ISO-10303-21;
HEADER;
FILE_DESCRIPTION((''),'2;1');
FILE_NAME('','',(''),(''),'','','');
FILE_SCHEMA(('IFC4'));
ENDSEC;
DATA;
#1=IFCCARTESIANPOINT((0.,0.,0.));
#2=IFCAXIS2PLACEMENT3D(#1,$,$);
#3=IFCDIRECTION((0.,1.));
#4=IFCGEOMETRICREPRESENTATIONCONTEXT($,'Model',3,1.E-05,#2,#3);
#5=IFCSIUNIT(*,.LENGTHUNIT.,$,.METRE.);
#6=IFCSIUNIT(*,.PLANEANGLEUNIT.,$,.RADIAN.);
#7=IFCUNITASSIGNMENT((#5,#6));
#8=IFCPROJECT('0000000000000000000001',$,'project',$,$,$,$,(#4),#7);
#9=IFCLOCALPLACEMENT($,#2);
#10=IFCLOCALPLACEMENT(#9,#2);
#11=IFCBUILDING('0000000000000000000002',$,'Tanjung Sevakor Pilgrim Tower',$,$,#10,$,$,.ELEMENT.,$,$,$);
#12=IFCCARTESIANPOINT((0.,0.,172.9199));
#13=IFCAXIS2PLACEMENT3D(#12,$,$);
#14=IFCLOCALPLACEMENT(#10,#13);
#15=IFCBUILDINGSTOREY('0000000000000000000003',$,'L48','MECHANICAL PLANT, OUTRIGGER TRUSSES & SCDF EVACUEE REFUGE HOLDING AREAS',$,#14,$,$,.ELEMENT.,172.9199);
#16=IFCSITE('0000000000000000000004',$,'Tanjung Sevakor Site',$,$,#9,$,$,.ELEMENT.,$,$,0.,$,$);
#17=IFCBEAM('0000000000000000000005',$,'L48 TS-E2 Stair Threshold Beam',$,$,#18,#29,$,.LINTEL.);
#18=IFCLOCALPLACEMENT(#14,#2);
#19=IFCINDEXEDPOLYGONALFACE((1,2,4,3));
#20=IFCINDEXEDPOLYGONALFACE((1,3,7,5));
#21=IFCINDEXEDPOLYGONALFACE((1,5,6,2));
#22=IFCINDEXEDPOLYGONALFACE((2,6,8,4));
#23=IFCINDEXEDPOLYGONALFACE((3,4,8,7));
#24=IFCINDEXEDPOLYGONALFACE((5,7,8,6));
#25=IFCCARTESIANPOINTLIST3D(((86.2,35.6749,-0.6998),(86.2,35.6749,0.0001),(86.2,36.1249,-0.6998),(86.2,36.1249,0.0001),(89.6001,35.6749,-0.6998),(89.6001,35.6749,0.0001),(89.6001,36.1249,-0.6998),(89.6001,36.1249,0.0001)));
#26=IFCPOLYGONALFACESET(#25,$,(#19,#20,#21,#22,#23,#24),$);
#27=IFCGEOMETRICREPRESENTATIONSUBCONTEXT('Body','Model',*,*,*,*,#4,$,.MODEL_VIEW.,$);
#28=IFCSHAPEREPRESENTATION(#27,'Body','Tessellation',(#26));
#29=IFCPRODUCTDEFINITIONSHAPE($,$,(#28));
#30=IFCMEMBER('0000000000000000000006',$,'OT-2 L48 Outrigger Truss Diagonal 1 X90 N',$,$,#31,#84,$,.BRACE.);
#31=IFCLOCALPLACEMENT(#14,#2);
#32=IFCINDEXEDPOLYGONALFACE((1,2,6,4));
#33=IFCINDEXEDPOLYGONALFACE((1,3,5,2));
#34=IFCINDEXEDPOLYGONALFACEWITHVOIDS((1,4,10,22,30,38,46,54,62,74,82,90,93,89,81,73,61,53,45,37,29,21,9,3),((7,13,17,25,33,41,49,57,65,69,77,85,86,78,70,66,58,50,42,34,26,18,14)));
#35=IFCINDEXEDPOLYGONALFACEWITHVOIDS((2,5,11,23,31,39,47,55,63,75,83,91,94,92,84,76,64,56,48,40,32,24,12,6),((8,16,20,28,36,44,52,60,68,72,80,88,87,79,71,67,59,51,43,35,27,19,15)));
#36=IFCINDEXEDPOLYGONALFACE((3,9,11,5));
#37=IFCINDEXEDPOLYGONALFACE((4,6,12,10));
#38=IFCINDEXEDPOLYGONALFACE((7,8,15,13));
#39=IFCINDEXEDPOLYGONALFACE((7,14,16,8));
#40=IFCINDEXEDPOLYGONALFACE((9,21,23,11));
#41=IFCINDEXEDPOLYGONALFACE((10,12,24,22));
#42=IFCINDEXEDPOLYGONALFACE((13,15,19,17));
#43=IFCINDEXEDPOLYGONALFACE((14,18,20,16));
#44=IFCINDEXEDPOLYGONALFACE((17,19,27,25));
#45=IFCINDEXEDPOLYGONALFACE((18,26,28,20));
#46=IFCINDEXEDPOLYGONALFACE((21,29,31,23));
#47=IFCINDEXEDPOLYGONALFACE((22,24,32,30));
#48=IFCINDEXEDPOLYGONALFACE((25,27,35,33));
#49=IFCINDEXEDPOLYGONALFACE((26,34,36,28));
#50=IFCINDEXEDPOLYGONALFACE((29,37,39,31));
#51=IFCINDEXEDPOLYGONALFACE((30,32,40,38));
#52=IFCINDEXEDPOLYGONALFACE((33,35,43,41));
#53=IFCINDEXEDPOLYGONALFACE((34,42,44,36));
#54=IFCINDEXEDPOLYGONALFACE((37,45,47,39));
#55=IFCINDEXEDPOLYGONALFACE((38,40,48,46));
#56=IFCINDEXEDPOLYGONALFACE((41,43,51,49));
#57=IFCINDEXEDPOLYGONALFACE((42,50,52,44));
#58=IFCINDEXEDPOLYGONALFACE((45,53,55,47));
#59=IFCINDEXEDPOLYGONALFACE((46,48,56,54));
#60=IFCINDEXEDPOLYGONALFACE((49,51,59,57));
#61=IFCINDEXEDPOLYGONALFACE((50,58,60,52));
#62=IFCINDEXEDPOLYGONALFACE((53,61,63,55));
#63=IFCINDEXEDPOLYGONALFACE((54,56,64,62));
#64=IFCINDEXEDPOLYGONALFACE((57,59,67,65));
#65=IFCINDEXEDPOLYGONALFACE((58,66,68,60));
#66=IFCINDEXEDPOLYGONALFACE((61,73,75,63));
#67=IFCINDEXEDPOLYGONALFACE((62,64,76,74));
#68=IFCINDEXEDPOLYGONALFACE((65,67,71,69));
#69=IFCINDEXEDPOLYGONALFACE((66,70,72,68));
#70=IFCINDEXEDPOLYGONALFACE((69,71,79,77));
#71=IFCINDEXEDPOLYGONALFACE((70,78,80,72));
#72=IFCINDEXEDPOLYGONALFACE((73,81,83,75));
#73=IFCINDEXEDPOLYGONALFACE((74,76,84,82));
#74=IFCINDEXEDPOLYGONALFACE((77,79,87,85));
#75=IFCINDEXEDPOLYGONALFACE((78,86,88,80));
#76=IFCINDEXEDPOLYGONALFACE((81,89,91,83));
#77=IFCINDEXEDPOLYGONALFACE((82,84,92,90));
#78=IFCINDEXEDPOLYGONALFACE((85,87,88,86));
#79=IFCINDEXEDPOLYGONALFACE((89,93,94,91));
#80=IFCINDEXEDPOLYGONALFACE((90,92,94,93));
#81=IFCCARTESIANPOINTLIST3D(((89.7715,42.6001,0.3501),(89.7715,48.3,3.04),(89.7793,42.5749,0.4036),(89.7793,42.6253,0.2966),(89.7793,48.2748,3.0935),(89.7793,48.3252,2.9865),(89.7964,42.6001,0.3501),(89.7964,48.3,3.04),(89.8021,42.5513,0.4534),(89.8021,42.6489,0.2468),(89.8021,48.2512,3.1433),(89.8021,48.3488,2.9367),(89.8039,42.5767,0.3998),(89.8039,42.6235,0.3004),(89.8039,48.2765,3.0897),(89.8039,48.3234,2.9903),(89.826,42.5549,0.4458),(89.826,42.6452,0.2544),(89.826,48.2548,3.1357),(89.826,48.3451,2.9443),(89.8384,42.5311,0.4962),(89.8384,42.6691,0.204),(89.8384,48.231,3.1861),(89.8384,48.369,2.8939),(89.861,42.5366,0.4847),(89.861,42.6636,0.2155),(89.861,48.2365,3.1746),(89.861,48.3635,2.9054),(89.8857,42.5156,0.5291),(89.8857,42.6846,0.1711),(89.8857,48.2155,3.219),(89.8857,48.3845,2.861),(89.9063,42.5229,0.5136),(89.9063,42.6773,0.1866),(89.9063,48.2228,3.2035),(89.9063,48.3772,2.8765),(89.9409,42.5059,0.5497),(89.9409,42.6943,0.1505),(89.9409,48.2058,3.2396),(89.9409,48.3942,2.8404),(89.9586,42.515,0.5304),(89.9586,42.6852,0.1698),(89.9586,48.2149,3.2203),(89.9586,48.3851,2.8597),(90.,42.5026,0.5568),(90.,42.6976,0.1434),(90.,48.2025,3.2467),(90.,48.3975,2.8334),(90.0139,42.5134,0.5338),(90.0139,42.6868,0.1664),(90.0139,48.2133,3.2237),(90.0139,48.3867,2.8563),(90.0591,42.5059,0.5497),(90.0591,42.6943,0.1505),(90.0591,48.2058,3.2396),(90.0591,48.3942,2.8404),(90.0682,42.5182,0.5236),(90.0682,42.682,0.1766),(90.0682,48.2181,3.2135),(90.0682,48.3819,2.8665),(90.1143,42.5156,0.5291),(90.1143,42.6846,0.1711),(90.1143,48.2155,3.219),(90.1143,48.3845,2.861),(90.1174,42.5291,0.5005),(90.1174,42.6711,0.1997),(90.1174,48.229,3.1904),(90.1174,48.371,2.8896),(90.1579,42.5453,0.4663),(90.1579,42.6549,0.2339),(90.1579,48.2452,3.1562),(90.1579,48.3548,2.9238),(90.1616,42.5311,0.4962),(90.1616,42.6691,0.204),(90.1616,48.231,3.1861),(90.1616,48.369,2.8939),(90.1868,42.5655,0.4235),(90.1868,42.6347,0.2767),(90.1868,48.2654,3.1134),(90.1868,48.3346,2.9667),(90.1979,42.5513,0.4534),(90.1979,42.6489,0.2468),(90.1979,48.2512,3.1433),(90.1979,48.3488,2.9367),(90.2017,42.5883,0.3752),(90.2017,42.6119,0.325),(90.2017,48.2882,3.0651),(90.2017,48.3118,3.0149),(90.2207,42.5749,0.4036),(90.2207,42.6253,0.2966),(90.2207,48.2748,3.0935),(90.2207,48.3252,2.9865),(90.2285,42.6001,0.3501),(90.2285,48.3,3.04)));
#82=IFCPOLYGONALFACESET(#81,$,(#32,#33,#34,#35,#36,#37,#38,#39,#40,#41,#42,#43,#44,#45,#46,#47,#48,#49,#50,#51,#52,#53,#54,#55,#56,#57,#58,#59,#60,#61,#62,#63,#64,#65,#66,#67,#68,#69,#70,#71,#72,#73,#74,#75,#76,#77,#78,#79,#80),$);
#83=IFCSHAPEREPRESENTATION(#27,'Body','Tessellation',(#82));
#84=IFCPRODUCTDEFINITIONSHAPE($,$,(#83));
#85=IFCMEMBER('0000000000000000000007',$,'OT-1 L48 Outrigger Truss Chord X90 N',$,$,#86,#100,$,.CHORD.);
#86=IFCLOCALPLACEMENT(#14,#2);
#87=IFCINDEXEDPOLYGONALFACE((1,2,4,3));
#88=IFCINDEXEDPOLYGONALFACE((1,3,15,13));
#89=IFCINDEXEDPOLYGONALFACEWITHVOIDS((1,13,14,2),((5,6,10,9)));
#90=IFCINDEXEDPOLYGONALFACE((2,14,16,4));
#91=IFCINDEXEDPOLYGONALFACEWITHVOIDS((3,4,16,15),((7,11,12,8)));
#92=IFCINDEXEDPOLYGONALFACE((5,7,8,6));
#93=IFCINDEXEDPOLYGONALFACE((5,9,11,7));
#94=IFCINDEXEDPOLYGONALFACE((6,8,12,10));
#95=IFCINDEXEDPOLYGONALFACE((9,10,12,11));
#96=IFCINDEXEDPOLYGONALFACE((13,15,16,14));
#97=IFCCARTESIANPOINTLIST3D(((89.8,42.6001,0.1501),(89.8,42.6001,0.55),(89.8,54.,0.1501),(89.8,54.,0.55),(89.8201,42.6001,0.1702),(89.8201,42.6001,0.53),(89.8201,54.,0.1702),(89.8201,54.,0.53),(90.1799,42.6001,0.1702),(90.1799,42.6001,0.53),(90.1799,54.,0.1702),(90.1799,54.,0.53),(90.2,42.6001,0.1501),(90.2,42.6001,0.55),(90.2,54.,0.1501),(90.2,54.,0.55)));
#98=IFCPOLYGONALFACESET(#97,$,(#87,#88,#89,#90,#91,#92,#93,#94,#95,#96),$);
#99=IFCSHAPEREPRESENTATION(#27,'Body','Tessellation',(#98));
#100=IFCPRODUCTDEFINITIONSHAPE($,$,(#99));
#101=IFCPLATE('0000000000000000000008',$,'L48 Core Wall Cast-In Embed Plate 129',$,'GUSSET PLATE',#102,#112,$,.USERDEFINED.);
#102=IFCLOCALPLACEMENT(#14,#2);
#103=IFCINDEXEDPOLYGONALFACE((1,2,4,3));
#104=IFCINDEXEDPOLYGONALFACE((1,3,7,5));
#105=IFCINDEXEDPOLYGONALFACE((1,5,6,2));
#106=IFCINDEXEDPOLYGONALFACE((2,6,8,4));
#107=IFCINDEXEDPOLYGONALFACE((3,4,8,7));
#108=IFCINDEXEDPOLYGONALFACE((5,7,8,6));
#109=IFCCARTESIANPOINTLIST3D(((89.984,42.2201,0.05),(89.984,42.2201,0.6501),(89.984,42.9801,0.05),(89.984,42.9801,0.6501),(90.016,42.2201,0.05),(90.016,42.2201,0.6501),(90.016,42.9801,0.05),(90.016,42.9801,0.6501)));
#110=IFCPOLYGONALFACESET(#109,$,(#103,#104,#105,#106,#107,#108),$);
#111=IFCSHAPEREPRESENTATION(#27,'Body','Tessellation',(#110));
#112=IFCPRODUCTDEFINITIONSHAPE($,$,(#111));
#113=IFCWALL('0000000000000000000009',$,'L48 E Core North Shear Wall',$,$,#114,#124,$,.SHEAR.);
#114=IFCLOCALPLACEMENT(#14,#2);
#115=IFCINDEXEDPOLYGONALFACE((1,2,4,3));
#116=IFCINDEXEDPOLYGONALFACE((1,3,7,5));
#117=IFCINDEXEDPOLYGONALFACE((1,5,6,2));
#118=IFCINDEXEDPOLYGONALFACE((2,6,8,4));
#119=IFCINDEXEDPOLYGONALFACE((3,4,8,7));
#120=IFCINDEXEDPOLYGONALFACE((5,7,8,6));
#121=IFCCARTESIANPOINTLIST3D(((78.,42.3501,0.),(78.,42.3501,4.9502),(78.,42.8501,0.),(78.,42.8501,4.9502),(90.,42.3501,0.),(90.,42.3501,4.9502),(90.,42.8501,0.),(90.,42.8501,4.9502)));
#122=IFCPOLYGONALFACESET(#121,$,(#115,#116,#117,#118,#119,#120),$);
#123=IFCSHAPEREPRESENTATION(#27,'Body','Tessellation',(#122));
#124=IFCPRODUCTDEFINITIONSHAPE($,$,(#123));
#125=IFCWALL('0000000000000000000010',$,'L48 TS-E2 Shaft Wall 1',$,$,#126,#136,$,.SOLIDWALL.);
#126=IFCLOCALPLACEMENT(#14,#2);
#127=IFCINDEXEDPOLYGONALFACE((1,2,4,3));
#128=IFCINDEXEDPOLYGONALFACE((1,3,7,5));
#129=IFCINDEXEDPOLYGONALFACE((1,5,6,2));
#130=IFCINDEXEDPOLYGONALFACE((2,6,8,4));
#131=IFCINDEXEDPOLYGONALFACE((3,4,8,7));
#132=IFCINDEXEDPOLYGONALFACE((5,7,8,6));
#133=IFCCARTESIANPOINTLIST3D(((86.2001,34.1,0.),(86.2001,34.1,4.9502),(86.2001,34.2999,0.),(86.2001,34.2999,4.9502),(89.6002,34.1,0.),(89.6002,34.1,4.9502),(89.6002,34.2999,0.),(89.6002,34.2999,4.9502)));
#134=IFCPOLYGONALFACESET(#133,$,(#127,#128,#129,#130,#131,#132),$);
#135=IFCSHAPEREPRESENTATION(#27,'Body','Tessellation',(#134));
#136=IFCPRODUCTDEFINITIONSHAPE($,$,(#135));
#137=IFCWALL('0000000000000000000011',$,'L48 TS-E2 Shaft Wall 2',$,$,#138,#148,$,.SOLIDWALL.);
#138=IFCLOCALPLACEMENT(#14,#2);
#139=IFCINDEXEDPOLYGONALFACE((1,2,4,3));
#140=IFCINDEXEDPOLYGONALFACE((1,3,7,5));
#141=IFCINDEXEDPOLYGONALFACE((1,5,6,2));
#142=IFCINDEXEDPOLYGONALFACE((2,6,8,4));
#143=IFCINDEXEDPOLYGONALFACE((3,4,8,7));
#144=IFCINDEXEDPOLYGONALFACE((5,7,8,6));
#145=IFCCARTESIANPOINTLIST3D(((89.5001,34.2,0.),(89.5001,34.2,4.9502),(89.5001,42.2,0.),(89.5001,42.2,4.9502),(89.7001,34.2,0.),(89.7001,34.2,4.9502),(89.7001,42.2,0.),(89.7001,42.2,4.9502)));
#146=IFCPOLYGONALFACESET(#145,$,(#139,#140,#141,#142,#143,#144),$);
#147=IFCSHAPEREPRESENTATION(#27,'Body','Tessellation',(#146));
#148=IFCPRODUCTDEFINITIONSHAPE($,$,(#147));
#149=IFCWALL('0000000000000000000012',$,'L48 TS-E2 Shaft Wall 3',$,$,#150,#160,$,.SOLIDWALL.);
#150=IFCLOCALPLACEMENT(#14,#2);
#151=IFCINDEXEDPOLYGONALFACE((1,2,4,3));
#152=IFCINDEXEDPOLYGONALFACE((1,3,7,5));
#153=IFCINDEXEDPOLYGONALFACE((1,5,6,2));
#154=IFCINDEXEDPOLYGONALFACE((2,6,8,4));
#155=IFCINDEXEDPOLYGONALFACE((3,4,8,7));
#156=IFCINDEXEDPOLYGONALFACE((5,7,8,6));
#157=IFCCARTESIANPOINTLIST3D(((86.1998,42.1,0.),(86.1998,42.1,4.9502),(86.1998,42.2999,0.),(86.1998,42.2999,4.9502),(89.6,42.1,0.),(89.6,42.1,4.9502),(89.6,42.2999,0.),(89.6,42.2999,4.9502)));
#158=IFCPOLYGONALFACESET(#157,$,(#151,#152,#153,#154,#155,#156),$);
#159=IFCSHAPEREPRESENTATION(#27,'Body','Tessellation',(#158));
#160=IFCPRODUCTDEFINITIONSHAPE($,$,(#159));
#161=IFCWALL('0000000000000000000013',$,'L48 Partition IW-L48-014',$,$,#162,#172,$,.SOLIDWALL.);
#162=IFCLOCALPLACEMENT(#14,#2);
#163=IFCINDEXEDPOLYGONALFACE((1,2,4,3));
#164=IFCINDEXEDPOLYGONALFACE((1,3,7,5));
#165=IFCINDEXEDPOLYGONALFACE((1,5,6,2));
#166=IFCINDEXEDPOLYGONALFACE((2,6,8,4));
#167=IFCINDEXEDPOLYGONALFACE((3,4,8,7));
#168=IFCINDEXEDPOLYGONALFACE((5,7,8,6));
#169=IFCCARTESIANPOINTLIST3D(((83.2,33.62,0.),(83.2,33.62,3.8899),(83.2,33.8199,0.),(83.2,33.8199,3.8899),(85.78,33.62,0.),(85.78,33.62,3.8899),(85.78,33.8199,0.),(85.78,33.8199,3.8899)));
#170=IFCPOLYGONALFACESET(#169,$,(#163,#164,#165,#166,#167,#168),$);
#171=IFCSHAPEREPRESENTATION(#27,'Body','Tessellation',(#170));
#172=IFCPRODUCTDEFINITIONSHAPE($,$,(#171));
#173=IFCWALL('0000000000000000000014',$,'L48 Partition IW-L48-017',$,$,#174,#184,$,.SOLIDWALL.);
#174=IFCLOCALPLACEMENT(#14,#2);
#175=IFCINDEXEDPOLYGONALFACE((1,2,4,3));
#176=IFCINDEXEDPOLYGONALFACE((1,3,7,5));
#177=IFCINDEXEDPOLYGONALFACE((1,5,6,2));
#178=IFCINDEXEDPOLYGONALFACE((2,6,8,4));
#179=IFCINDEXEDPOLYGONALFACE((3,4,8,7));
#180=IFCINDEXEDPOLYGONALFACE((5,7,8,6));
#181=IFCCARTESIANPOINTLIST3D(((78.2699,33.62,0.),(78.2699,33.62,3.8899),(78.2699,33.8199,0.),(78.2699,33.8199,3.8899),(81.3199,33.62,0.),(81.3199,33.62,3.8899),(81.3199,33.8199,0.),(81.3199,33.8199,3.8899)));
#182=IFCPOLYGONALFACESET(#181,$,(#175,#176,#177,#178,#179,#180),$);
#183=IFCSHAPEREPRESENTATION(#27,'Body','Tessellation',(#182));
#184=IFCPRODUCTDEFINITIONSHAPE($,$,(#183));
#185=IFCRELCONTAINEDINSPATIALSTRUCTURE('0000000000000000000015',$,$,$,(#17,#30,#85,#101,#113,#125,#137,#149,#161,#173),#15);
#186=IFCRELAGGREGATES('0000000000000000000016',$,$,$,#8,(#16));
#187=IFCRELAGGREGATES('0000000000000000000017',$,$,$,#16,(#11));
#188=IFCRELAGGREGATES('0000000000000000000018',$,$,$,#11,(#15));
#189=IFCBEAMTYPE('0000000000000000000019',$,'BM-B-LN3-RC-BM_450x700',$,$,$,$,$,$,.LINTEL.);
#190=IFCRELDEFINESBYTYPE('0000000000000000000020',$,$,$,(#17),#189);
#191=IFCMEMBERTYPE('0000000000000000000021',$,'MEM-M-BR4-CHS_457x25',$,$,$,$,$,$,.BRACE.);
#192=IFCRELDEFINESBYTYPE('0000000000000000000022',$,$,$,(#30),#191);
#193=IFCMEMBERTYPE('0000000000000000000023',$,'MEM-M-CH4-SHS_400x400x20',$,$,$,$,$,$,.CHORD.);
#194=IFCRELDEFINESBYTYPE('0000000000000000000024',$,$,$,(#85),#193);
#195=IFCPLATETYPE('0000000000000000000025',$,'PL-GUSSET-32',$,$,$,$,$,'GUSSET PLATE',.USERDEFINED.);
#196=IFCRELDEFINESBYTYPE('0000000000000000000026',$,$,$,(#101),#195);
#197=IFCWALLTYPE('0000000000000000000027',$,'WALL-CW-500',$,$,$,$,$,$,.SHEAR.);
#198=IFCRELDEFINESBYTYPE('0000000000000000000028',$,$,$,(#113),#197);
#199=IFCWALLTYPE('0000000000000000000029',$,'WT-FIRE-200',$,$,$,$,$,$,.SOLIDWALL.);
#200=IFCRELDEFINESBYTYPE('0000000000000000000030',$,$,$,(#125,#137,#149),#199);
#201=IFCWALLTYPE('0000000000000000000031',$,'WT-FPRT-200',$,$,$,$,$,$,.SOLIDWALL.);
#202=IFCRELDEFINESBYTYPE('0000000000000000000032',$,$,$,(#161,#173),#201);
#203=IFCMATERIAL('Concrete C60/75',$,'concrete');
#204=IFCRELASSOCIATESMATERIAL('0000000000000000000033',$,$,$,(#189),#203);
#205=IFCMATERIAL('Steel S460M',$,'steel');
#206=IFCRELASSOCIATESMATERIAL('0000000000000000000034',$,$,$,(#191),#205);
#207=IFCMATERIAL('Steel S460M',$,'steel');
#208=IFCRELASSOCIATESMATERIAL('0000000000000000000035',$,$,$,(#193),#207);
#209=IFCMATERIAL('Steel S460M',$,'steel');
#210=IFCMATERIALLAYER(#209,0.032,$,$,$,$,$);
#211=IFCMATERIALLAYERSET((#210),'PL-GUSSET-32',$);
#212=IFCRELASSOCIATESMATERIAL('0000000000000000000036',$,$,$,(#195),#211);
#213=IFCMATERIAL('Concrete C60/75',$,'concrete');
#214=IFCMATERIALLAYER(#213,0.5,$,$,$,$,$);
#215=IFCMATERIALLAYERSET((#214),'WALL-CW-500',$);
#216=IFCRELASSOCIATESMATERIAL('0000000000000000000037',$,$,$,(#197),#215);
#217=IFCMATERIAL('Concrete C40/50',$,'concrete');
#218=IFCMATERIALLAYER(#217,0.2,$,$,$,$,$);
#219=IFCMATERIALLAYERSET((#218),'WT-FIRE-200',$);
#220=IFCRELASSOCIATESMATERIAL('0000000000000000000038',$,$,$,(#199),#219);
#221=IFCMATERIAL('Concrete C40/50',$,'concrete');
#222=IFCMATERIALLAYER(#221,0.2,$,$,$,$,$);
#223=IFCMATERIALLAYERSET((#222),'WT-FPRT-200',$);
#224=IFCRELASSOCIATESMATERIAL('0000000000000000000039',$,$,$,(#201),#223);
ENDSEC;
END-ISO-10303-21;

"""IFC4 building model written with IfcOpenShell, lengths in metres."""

from ifc_helpers import new_model, si_unit, direction, frame, frame_2d, origin, origin_2d, place, context, subcontext, project, spatial, rectangle, hollow_rectangle, hollow_circle, extrude, material, layer, layer_set, material_profile, profile_set, type_object, element, save


model = new_model("IFC4")

# Units and contexts
model_context = context("Model", 3, precision=1e-05, world=origin(), true_north=direction((0.0, 1.0)))
body_context = subcontext(model_context, "Body", "Model", "MODEL_VIEW")
ifc_project = project(units=[si_unit("LENGTHUNIT", "METRE"), si_unit("PLANEANGLEUNIT", "RADIAN")], contexts=[model_context])

# Site, building, storey
site_placement = place(None, origin())
site = spatial("IfcSite", under=ifc_project, at=site_placement, Name="Tanjung Sevakor Site", CompositionType="ELEMENT", RefElevation=0.0)
building_placement = place(site_placement, origin())
building = spatial("IfcBuilding", under=site, at=building_placement, Name="Tanjung Sevakor Pilgrim Tower", CompositionType="ELEMENT")
storey_placement = place(building_placement, frame((0.0, 0.0, 172.9199)))
storey = spatial("IfcBuildingStorey", under=building, at=storey_placement, Name="L48", Description="MECHANICAL PLANT, OUTRIGGER TRUSSES & SCDF EVACUEE REFUGE HOLDING AREAS", CompositionType="ELEMENT", Elevation=172.9199)

# Beam
ifc_material_1 = material(Name="Concrete C60/75", Category="concrete")
ifc_material_profile_1 = material_profile(ifc_material_1, rectangle(XDim=0.45, YDim=0.7, at=origin_2d()))
ifc_profile_set_1 = profile_set([ifc_material_profile_1], Name="Concrete C60/75")
beam_type_1 = type_object("IfcBeamType", Name="BM-B-LN3-RC-BM_450x700", PredefinedType="LINTEL", material=ifc_profile_set_1)
beam_placement = place(storey_placement, frame((86.2, 35.8999, -0.3499), z_axis=(1.0, 0.0, 0.0), x_axis=(0.0, 1.0, 0.0)))
element("IfcBeam", 1, at=beam_placement, inside=storey, type_object=beam_type_1, Name="L48 TS-E2 Stair Threshold Beam", PredefinedType="LINTEL", context=body_context, shape_type="SweptSolid", body=[
    extrude(rectangle(XDim=0.45, YDim=0.7, at=origin_2d()), origin(), (0.0, 0.0, 1.0), 3.4001),
])

# Members
ifc_material_2 = material(Name="Steel S460M", Category="steel")
ifc_material_profile_2 = material_profile(ifc_material_2, hollow_circle(Radius=0.2285, WallThickness=0.0249, at=origin_2d()))
ifc_profile_set_2 = profile_set([ifc_material_profile_2], Name="Steel S460M")
member_type_1 = type_object("IfcMemberType", Name="MEM-M-BR4-CHS_457x25", PredefinedType="BRACE", material=ifc_profile_set_2)
member_1_placement = place(storey_placement, frame((90.0, 42.6001, 0.3501), z_axis=(0.0, 0.904353, 0.426785), x_axis=(-1.0, 0.0, 0.0)))
element("IfcMember", 2, at=member_1_placement, inside=storey, type_object=member_type_1, Name="OT-2 L48 Outrigger Truss Diagonal 1 X90 N", PredefinedType="BRACE", context=body_context, shape_type="SweptSolid", body=[
    extrude(hollow_circle(Radius=0.2285, WallThickness=0.0249, at=origin_2d()), origin(), (0.0, 0.0, 1.0), 6.3027),
])
ifc_material_3 = material(Name="Steel S460M", Category="steel")
ifc_material_profile_3 = material_profile(ifc_material_3, hollow_rectangle(XDim=0.3999, YDim=0.3999, WallThickness=0.02, at=origin_2d()))
ifc_profile_set_3 = profile_set([ifc_material_profile_3], Name="Steel S460M")
member_type_2 = type_object("IfcMemberType", Name="MEM-M-CH4-SHS_400x400x20", PredefinedType="CHORD", material=ifc_profile_set_3)
member_2_placement = place(storey_placement, frame((90.0, 42.6001, 0.3501), z_axis=(0.0, 1.0, 0.0), x_axis=(-1.0, 0.0, 0.0)))
element("IfcMember", 3, at=member_2_placement, inside=storey, type_object=member_type_2, Name="OT-1 L48 Outrigger Truss Chord X90 N", PredefinedType="CHORD", context=body_context, shape_type="SweptSolid", body=[
    extrude(hollow_rectangle(XDim=0.3999, YDim=0.3999, WallThickness=0.02, at=origin_2d()), origin(), (0.0, 0.0, 1.0), 11.3999),
])

# Plate
ifc_material_4 = material(Name="Steel S460M", Category="steel")
ifc_layer_1 = layer(ifc_material_4, 0.032)
ifc_layer_set_1 = layer_set([ifc_layer_1], Name="PL-GUSSET-32")
plate_type = type_object("IfcPlateType", Name="PL-GUSSET-32", ElementType="GUSSET PLATE", PredefinedType="USERDEFINED", material=ifc_layer_set_1)
plate_placement = place(storey_placement, frame((90.0, 42.6001, 0.05), z_axis=(0.0, 0.0, 1.0), x_axis=(1.0, 0.0, 0.0)))
element("IfcPlate", 4, at=plate_placement, inside=storey, type_object=plate_type, Name="L48 Core Wall Cast-In Embed Plate 129", ObjectType="GUSSET PLATE", PredefinedType="USERDEFINED", context=body_context, shape_type="SweptSolid", body=[
    extrude(rectangle(XDim=0.032, YDim=0.76, at=origin_2d()), origin(), (0.0, 0.0, 1.0), 0.6001),
])

# Walls
ifc_material_5 = material(Name="Concrete C60/75", Category="concrete")
ifc_layer_2 = layer(ifc_material_5, 0.5)
ifc_layer_set_2 = layer_set([ifc_layer_2], Name="WALL-CW-500")
wall_type_1 = type_object("IfcWallType", Name="WALL-CW-500", PredefinedType="SHEAR", material=ifc_layer_set_2)
wall_1_placement = place(storey_placement, frame((90.0, 42.6001, 0.0), z_axis=(0.0, 0.0, 1.0), x_axis=(-1.0, 0.0, 0.0)))
element("IfcWall", 5, at=wall_1_placement, inside=storey, type_object=wall_type_1, Name="L48 E Core North Shear Wall", PredefinedType="SHEAR", context=body_context, shape_type="SweptSolid", body=[
    extrude(rectangle(XDim=12.0, YDim=0.5, at=frame_2d((6.0, 0.0))), origin(), (0.0, 0.0, 1.0), 4.9502),
])
ifc_material_6 = material(Name="Concrete C40/50", Category="concrete")
ifc_layer_3 = layer(ifc_material_6, 0.2)
ifc_layer_set_3 = layer_set([ifc_layer_3], Name="WT-FIRE-200")
wall_type_2 = type_object("IfcWallType", Name="WT-FIRE-200", PredefinedType="SOLIDWALL", material=ifc_layer_set_3)
wall_2_placement = place(storey_placement, frame((86.2, 34.2, 0.0), z_axis=(0.0, 0.0, 1.0), x_axis=(1.0, 0.0, 0.0)))
element("IfcWall", 6, at=wall_2_placement, inside=storey, type_object=wall_type_2, Name="L48 TS-E2 Shaft Wall 1", PredefinedType="SOLIDWALL", context=body_context, shape_type="SweptSolid", body=[
    extrude(rectangle(XDim=3.4001, YDim=0.2, at=frame_2d((1.7002, 0.0))), origin(), (0.0, 0.0, 1.0), 4.9502),
])
wall_3_placement = place(storey_placement, frame((89.6001, 34.2, 0.0), z_axis=(0.0, 0.0, 1.0), x_axis=(0.0, 1.0, 0.0)))
element("IfcWall", 7, at=wall_3_placement, inside=storey, type_object=wall_type_2, Name="L48 TS-E2 Shaft Wall 2", PredefinedType="SOLIDWALL", context=body_context, shape_type="SweptSolid", body=[
    extrude(rectangle(XDim=8.0, YDim=0.2, at=frame_2d((4.0, 0.0))), origin(), (0.0, 0.0, 1.0), 4.9502),
])
wall_4_placement = place(storey_placement, frame((89.6001, 42.2, 0.0), z_axis=(0.0, 0.0, 1.0), x_axis=(-1.0, 0.0, 0.0)))
element("IfcWall", 8, at=wall_4_placement, inside=storey, type_object=wall_type_2, Name="L48 TS-E2 Shaft Wall 3", PredefinedType="SOLIDWALL", context=body_context, shape_type="SweptSolid", body=[
    extrude(rectangle(XDim=3.4001, YDim=0.2, at=frame_2d((1.7002, 0.0))), origin(), (0.0, 0.0, 1.0), 4.9502),
])
ifc_material_7 = material(Name="Concrete C40/50", Category="concrete")
ifc_layer_4 = layer(ifc_material_7, 0.2)
ifc_layer_set_4 = layer_set([ifc_layer_4], Name="WT-FPRT-200")
wall_type_3 = type_object("IfcWallType", Name="WT-FPRT-200", PredefinedType="SOLIDWALL", material=ifc_layer_set_4)
wall_5_placement = place(storey_placement, frame((83.2, 33.72, 0.0), z_axis=(0.0, 0.0, 1.0), x_axis=(1.0, 0.0, 0.0)))
element("IfcWall", 9, at=wall_5_placement, inside=storey, type_object=wall_type_3, Name="L48 Partition IW-L48-014", PredefinedType="SOLIDWALL", context=body_context, shape_type="SweptSolid", body=[
    extrude(rectangle(XDim=2.5801, YDim=0.2, at=frame_2d((1.29, 0.0))), origin(), (0.0, 0.0, 1.0), 3.8899),
])
wall_6_placement = place(storey_placement, frame((78.27, 33.72, 0.0), z_axis=(0.0, 0.0, 1.0), x_axis=(1.0, 0.0, 0.0)))
element("IfcWall", 10, at=wall_6_placement, inside=storey, type_object=wall_type_3, Name="L48 Partition IW-L48-017", PredefinedType="SOLIDWALL", context=body_context, shape_type="SweptSolid", body=[
    extrude(rectangle(XDim=3.05, YDim=0.2, at=frame_2d((1.5249, 0.0))), origin(), (0.0, 0.0, 1.0), 3.8899),
])

save(model, "model.ifc")
